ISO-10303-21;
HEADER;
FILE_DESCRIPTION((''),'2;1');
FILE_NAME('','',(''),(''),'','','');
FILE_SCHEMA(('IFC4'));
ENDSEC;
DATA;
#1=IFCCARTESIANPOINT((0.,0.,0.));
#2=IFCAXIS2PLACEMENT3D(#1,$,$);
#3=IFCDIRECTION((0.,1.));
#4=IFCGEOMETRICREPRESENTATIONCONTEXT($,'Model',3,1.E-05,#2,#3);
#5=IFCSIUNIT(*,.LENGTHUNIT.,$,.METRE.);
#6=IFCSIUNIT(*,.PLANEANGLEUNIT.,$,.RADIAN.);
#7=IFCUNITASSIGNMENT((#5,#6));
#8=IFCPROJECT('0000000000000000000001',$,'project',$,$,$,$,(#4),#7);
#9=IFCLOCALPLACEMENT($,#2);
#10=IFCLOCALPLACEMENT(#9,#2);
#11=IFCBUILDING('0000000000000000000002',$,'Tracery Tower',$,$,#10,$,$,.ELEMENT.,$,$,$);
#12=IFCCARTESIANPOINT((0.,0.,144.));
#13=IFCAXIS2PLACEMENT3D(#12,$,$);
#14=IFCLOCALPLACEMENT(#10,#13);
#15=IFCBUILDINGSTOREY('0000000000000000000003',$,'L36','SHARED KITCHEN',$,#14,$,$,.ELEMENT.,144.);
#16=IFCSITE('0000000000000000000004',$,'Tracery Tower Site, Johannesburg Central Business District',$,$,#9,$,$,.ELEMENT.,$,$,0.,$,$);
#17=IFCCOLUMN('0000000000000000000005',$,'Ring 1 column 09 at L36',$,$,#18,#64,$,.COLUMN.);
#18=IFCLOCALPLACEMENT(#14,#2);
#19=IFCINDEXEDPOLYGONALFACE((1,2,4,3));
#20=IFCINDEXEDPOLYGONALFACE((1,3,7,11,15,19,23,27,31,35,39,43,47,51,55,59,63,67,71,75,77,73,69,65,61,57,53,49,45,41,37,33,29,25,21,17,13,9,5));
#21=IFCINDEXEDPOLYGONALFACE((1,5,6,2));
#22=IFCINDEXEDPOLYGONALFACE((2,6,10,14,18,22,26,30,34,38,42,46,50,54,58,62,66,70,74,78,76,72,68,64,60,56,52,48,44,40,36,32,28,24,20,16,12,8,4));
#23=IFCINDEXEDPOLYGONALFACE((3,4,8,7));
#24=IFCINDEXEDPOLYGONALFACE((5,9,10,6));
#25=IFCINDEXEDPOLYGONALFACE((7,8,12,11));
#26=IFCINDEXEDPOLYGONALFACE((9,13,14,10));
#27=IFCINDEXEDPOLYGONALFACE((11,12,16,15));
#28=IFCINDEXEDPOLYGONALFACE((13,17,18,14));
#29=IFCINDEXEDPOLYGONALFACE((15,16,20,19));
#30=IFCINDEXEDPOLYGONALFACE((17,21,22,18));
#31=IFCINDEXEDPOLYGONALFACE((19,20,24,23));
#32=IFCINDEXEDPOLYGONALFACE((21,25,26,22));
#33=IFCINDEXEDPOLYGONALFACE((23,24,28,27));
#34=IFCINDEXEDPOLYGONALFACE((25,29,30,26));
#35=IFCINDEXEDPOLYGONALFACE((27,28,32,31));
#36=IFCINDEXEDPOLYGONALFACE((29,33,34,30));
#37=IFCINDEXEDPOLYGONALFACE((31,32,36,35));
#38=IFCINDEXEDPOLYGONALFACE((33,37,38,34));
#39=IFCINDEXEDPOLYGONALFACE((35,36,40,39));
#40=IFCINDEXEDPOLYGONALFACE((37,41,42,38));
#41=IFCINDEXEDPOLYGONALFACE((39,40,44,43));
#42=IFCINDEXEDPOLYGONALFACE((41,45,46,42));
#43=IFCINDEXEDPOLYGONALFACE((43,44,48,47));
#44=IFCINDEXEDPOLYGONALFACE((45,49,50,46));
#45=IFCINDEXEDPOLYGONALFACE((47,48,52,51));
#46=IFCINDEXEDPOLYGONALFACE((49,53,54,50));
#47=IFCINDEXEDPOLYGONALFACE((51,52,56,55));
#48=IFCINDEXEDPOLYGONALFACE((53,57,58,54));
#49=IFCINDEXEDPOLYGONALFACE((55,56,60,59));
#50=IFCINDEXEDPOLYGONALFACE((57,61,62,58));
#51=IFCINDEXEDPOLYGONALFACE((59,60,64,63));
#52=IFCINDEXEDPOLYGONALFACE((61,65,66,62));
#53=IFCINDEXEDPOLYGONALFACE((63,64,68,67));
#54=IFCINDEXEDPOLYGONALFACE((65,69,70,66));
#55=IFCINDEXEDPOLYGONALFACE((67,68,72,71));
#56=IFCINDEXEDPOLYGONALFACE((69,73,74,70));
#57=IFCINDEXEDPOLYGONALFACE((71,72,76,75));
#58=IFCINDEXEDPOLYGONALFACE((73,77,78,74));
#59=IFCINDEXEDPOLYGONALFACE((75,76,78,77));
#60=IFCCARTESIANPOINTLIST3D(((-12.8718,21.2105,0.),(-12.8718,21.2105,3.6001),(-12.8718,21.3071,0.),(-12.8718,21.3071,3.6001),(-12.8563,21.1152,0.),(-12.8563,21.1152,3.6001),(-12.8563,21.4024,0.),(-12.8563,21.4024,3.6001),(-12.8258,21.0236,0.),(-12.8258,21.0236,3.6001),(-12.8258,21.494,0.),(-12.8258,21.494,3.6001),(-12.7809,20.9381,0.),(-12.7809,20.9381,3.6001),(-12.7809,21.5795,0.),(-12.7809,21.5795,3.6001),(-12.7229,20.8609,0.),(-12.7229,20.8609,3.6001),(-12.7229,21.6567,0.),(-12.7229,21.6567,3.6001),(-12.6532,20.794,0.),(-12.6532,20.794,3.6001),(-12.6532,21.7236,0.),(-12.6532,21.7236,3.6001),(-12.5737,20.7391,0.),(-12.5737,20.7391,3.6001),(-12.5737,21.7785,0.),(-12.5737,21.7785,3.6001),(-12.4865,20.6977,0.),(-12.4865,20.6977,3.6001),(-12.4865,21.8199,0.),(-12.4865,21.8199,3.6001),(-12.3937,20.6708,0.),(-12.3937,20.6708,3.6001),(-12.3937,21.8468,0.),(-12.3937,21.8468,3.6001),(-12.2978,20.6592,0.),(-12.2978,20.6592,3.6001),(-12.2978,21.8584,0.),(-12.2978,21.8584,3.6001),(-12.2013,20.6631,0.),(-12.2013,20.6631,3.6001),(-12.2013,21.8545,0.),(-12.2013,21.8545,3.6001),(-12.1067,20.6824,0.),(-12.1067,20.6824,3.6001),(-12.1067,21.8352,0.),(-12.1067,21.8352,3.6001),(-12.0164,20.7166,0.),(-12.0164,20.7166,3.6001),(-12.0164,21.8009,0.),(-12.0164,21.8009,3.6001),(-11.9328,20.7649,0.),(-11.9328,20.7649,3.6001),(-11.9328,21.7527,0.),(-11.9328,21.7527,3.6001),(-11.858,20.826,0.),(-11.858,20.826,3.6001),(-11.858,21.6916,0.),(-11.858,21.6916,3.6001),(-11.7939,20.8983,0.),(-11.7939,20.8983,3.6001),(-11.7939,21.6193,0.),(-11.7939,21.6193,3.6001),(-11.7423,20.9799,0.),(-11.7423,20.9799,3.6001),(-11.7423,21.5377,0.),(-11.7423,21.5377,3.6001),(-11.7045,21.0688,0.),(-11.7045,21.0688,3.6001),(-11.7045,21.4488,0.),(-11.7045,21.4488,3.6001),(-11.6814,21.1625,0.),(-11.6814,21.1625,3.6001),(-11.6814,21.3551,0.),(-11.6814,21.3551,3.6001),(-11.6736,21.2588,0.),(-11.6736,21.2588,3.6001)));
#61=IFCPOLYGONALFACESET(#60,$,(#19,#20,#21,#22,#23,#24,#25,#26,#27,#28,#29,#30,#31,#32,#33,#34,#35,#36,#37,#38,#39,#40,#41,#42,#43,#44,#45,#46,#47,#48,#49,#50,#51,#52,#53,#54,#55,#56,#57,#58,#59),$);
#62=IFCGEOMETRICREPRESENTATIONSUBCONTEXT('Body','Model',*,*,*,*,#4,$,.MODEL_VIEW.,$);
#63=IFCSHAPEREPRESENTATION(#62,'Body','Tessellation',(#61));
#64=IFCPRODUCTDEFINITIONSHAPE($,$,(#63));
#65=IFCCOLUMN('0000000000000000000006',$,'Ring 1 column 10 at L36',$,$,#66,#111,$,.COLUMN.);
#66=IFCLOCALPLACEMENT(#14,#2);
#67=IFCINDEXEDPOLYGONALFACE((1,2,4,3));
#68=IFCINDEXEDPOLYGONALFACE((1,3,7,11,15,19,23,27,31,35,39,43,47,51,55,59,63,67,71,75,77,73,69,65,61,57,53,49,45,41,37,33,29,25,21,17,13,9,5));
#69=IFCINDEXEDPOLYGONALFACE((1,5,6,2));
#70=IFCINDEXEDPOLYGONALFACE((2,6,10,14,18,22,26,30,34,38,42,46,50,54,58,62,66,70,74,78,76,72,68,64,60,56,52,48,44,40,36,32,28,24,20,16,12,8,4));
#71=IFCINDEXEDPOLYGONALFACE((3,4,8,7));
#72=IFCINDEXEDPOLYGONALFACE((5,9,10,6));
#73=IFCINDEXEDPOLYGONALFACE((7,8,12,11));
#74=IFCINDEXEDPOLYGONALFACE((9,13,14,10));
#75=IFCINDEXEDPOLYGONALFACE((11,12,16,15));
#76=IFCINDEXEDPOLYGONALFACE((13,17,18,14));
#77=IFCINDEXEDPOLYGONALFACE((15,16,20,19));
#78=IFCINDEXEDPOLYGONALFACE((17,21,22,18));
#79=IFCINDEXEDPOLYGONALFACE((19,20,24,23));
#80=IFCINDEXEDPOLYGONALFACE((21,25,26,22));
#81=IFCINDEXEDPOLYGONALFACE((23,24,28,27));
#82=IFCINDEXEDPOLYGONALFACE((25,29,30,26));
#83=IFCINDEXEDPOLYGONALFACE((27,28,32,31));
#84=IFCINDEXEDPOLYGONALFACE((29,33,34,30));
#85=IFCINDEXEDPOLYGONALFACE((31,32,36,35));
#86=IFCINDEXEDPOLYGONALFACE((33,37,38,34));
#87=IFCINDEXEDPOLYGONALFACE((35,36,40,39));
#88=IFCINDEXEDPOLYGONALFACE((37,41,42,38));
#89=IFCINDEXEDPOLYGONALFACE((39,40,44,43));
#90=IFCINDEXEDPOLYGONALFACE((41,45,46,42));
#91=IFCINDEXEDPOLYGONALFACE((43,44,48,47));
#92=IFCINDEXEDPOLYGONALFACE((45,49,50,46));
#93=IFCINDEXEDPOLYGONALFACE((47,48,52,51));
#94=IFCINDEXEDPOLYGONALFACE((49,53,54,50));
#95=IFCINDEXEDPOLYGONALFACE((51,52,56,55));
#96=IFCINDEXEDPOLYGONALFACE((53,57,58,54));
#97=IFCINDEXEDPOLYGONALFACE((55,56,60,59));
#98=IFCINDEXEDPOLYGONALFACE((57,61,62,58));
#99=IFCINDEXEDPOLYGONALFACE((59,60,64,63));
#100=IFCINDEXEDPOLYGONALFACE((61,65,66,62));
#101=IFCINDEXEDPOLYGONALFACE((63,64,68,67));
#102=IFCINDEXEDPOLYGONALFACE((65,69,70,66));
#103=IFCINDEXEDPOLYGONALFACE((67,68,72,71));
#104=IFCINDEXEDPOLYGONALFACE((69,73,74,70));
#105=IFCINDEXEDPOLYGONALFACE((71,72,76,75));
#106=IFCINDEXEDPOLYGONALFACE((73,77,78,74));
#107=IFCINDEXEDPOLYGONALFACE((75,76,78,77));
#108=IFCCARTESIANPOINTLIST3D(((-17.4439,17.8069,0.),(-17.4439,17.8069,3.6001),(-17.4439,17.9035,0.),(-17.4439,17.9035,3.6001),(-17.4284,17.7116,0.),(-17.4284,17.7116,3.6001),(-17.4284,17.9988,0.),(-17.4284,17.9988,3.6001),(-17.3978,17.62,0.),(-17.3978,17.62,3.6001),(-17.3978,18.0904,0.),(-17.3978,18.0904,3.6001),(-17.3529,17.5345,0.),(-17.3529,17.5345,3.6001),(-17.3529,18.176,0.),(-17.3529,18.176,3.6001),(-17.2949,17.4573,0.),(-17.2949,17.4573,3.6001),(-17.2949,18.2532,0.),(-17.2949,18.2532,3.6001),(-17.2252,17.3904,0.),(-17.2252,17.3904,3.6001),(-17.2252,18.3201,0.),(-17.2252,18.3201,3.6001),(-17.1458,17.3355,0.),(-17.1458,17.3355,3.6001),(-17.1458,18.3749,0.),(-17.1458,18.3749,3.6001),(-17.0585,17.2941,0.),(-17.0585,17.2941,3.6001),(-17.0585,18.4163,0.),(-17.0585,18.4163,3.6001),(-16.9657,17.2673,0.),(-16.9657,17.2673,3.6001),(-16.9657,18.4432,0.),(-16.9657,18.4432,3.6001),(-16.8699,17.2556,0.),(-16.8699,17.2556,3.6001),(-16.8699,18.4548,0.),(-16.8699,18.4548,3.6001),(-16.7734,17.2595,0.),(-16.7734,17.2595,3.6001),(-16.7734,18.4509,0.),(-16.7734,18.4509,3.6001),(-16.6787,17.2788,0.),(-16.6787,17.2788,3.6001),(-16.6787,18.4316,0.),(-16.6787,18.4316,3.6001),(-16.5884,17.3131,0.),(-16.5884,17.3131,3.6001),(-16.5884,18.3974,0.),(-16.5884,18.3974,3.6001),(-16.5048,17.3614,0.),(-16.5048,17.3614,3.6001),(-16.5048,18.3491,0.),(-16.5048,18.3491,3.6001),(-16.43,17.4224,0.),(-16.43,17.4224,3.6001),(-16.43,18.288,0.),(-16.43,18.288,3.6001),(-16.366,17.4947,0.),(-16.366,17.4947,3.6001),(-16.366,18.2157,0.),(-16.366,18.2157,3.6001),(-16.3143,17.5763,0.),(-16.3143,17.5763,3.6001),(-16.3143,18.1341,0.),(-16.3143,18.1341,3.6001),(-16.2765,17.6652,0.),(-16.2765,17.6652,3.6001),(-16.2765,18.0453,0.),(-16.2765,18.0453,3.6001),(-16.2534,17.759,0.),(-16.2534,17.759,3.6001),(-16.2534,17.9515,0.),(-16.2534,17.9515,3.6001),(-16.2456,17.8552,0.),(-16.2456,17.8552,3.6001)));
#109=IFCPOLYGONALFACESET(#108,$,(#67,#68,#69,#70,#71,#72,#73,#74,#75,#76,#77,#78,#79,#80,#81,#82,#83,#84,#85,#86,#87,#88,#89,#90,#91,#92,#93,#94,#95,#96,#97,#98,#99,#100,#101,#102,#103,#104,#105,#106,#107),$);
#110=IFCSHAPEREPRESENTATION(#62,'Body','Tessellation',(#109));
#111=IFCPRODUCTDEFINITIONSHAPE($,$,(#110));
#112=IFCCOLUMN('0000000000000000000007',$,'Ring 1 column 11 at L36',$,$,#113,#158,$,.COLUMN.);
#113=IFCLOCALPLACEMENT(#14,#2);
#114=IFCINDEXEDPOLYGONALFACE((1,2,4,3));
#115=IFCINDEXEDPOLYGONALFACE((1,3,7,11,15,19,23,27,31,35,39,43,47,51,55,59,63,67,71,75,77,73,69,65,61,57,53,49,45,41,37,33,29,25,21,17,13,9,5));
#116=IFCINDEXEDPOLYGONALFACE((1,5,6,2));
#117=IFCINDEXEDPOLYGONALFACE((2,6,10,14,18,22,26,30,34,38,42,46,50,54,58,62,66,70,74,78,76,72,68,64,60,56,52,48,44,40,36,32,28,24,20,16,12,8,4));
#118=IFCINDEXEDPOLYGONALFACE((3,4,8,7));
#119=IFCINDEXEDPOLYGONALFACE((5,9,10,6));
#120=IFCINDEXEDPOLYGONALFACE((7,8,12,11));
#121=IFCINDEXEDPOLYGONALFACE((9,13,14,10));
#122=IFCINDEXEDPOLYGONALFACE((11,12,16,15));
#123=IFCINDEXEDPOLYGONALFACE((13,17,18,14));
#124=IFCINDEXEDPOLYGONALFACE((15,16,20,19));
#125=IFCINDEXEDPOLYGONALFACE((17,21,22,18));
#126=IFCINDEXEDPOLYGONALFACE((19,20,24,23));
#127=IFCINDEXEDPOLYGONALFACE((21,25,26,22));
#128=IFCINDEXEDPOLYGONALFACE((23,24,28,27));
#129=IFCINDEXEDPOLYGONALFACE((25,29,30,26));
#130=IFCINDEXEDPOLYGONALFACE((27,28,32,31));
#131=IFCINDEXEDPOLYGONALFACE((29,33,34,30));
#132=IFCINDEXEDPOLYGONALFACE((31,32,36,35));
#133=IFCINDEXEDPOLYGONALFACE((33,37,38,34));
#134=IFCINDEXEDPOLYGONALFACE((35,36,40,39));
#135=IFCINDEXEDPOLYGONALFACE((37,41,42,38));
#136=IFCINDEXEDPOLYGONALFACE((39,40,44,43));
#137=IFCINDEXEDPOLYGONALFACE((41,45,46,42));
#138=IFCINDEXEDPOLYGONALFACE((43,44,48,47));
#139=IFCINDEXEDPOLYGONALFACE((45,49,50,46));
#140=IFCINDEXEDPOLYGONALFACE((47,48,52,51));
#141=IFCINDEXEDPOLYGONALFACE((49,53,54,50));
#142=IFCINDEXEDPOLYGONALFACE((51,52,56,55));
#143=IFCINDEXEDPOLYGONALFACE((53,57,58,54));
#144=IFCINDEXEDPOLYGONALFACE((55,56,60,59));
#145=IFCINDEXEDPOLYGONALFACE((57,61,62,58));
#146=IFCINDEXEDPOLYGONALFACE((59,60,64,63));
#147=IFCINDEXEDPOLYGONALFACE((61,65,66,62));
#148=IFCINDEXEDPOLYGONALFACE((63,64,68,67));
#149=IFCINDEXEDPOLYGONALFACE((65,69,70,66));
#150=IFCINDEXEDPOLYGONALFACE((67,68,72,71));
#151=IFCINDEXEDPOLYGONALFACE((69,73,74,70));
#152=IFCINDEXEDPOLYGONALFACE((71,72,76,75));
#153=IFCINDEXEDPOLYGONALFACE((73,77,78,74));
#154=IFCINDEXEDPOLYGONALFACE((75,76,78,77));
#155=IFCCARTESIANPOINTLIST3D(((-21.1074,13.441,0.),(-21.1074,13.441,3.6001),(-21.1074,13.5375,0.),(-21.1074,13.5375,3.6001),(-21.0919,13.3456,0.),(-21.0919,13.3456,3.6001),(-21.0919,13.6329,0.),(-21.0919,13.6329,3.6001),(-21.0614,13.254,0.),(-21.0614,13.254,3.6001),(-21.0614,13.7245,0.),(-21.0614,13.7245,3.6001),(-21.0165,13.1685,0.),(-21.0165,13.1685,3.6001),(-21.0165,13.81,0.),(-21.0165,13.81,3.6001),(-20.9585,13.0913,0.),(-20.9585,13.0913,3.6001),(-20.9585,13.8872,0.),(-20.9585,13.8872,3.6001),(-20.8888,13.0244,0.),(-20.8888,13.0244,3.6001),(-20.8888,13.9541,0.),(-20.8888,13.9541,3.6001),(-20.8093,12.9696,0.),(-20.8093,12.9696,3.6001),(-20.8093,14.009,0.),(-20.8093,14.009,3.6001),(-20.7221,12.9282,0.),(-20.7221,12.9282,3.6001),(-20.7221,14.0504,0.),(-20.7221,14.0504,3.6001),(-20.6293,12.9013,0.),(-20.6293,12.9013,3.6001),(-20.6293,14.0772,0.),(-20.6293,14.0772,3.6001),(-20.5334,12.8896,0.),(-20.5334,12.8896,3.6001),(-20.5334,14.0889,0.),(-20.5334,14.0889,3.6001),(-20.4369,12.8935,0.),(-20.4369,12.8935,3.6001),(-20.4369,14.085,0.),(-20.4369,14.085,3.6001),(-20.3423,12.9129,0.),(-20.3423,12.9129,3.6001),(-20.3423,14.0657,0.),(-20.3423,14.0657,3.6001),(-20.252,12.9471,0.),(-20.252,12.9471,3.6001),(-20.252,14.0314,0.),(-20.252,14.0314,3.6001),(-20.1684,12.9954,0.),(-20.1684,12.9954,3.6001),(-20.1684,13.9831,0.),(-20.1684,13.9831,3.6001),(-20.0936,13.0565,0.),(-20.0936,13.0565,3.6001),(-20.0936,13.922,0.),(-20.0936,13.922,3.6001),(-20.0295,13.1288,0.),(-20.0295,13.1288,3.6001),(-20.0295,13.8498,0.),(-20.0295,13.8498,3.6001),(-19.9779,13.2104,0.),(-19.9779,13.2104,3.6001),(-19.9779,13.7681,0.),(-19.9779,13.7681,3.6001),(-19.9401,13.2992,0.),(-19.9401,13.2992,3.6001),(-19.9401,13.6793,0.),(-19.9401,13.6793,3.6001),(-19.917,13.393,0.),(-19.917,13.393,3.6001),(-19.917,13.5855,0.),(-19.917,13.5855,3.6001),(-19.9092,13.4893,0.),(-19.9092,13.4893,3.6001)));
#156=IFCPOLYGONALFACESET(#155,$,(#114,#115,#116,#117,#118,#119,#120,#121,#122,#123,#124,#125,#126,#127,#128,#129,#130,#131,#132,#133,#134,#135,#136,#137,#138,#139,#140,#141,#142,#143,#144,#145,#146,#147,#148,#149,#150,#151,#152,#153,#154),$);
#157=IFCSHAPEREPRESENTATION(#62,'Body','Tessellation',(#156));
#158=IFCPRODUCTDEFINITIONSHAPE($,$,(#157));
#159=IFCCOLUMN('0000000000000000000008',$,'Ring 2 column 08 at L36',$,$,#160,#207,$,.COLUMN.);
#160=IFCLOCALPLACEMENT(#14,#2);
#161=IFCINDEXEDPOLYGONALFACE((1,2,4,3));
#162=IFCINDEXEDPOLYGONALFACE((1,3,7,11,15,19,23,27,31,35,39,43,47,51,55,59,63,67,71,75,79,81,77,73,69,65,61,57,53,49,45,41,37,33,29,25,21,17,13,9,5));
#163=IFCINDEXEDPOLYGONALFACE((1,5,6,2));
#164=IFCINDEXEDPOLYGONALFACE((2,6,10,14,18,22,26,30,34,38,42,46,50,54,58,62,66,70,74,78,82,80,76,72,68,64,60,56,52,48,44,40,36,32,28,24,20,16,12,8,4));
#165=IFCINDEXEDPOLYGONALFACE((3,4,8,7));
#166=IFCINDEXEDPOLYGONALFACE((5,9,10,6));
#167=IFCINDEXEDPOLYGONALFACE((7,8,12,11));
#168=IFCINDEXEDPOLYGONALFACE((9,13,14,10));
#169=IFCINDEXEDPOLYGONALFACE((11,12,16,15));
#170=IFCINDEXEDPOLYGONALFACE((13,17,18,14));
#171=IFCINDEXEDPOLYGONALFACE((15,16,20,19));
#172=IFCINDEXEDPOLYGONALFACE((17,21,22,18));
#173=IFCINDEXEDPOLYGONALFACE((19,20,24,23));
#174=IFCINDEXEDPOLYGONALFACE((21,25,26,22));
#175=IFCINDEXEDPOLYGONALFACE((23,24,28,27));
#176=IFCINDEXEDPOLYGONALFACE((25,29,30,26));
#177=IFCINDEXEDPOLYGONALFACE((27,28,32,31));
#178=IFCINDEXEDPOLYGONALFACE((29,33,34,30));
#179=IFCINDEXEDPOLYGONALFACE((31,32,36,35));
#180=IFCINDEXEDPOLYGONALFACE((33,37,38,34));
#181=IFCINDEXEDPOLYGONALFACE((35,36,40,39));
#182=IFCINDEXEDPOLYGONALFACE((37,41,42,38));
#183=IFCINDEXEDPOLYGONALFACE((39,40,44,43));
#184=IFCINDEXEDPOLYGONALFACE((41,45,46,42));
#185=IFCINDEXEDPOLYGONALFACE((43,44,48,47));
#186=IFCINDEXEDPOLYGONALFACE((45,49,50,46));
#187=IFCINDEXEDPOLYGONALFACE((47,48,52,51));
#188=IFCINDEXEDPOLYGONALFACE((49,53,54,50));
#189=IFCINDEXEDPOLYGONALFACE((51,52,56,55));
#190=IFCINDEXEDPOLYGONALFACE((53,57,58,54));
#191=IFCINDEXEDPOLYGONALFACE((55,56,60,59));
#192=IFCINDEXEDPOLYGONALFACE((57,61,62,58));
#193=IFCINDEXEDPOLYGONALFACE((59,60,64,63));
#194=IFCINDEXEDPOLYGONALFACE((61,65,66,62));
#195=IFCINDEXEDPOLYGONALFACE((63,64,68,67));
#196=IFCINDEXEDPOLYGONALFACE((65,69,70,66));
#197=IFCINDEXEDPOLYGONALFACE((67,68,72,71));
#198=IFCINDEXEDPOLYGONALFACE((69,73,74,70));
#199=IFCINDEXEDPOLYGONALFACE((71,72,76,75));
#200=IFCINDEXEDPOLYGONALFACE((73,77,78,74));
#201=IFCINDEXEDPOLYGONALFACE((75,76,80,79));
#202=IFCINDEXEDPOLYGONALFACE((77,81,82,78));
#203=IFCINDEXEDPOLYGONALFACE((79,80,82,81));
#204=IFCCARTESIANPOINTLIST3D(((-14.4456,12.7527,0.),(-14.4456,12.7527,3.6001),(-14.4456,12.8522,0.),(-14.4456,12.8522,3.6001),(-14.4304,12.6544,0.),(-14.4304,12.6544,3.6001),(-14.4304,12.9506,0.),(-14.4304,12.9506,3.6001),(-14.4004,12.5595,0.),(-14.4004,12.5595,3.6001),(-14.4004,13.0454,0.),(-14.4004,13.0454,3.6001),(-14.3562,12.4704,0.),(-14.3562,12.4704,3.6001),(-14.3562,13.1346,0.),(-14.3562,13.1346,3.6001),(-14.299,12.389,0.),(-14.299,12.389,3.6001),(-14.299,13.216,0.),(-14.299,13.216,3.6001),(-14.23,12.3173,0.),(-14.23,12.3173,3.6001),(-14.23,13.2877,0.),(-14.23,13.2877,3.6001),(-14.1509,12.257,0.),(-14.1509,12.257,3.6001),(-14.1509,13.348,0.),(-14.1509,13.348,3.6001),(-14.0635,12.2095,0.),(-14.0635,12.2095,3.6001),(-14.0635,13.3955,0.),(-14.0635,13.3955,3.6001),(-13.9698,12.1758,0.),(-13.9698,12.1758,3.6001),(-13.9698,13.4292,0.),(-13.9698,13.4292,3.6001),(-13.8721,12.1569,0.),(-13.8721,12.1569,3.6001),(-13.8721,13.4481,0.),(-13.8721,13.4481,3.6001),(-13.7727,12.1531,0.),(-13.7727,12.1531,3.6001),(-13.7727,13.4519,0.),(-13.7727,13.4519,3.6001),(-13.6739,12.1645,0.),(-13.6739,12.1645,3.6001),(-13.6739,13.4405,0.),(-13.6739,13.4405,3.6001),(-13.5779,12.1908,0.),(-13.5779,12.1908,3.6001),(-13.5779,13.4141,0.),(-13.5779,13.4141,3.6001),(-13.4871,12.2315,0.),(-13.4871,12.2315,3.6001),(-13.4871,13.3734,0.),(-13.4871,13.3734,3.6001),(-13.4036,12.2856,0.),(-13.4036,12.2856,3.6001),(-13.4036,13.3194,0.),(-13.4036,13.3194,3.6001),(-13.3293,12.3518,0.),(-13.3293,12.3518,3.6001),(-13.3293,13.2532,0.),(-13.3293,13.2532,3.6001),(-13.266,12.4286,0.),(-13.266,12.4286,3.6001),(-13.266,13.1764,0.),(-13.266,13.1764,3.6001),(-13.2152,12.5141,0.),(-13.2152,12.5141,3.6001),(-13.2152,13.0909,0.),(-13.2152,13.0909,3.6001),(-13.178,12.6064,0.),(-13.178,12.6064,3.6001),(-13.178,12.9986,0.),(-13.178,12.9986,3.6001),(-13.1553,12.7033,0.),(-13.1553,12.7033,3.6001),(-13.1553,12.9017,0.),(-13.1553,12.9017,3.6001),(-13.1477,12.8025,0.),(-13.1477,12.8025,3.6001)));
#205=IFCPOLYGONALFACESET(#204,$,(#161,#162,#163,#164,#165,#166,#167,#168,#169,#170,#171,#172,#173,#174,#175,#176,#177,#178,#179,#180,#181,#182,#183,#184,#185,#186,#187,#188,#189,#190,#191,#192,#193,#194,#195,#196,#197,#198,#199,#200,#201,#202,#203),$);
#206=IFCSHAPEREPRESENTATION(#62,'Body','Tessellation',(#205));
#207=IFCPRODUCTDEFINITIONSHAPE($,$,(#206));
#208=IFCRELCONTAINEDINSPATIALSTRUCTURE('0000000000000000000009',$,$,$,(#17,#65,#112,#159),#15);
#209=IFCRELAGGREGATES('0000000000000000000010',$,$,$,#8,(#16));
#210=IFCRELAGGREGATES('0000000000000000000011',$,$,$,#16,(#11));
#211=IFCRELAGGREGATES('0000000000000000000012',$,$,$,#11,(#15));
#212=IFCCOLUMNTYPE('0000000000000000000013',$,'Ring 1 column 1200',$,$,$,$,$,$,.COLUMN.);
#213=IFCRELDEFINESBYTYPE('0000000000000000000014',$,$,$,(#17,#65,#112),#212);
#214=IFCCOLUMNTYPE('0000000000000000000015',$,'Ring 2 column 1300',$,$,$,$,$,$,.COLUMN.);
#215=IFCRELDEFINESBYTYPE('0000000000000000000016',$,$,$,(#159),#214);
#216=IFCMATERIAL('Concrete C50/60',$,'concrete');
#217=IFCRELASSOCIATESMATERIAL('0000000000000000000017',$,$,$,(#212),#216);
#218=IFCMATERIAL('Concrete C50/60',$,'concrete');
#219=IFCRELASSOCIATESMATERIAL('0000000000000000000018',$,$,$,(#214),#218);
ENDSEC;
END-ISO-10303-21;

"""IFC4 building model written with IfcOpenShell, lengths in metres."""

from ifc_helpers import new_model, si_unit, direction, frame, origin, origin_2d, place, context, subcontext, project, spatial, circle, extrude, material, material_profile, profile_set, type_object, element, save


model = new_model("IFC4")

# Units and contexts
model_context = context("Model", 3, precision=1e-05, world=origin(), true_north=direction((0.0, 1.0)))
body_context = subcontext(model_context, "Body", "Model", "MODEL_VIEW")
ifc_project = project(units=[si_unit("LENGTHUNIT", "METRE"), si_unit("PLANEANGLEUNIT", "RADIAN")], contexts=[model_context])

# Site, building, storey
site_placement = place(None, origin())
site = spatial("IfcSite", under=ifc_project, at=site_placement, Name="Tracery Tower Site, Johannesburg Central Business District", CompositionType="ELEMENT", RefElevation=0.0)
building_placement = place(site_placement, origin())
building = spatial("IfcBuilding", under=site, at=building_placement, Name="Tracery Tower", CompositionType="ELEMENT")
storey_placement = place(building_placement, frame((0.0, 0.0, 144.0)))
storey = spatial("IfcBuildingStorey", under=building, at=storey_placement, Name="L36", Description="SHARED KITCHEN", CompositionType="ELEMENT", Elevation=144.0)

# Columns
ifc_material_1 = material(Name="Concrete C50/60", Category="concrete")
ifc_material_profile_1 = material_profile(ifc_material_1, circle(Radius=0.6001, at=origin_2d()), Name="RC D1200")
ifc_profile_set_1 = profile_set([ifc_material_profile_1], Name="Concrete C50/60")
column_type_1 = type_object("IfcColumnType", Name="Ring 1 column 1200", PredefinedType="COLUMN", material=ifc_profile_set_1)
for number, where, z_axis, x_axis, name in (
    (1, (-12.2737, 21.2588, 0.0), (0.0, 0.0, 1.0), (1.0, 0.0, 0.0), "Ring 1 column 09 at L36"),
    (2, (-16.8457, 17.8552, 0.0), (0.0, 0.0, 1.0), (1.0, 0.0, 0.0), "Ring 1 column 10 at L36"),
    (3, (-20.5093, 13.4893, 0.0), (0.0, 0.0, 1.0), (1.0, 0.0, 0.0), "Ring 1 column 11 at L36"),
):
    element("IfcColumn", number, at=place(storey_placement, frame(where, z_axis=z_axis, x_axis=x_axis)), inside=storey, type_object=column_type_1, Name=name, PredefinedType="COLUMN", context=body_context, shape_type="SweptSolid", body=[
        extrude(circle(Radius=0.6001, at=origin_2d()), origin(), (0.0, 0.0, 1.0), 3.6001),
    ])
ifc_material_2 = material(Name="Concrete C50/60", Category="concrete")
ifc_material_profile_2 = material_profile(ifc_material_2, circle(Radius=0.6499, at=origin_2d()), Name="RC D1300")
ifc_profile_set_2 = profile_set([ifc_material_profile_2], Name="Concrete C50/60")
column_type_2 = type_object("IfcColumnType", Name="Ring 2 column 1300", PredefinedType="COLUMN", material=ifc_profile_set_2)
column_placement = place(storey_placement, frame((-13.7976, 12.8025, 0.0), z_axis=(0.0, 0.0, 1.0), x_axis=(1.0, 0.0, 0.0)))
element("IfcColumn", 4, at=column_placement, inside=storey, type_object=column_type_2, Name="Ring 2 column 08 at L36", PredefinedType="COLUMN", context=body_context, shape_type="SweptSolid", body=[
    extrude(circle(Radius=0.6499, at=origin_2d()), origin(), (0.0, 0.0, 1.0), 3.6001),
])

save(model, "model.ifc")
